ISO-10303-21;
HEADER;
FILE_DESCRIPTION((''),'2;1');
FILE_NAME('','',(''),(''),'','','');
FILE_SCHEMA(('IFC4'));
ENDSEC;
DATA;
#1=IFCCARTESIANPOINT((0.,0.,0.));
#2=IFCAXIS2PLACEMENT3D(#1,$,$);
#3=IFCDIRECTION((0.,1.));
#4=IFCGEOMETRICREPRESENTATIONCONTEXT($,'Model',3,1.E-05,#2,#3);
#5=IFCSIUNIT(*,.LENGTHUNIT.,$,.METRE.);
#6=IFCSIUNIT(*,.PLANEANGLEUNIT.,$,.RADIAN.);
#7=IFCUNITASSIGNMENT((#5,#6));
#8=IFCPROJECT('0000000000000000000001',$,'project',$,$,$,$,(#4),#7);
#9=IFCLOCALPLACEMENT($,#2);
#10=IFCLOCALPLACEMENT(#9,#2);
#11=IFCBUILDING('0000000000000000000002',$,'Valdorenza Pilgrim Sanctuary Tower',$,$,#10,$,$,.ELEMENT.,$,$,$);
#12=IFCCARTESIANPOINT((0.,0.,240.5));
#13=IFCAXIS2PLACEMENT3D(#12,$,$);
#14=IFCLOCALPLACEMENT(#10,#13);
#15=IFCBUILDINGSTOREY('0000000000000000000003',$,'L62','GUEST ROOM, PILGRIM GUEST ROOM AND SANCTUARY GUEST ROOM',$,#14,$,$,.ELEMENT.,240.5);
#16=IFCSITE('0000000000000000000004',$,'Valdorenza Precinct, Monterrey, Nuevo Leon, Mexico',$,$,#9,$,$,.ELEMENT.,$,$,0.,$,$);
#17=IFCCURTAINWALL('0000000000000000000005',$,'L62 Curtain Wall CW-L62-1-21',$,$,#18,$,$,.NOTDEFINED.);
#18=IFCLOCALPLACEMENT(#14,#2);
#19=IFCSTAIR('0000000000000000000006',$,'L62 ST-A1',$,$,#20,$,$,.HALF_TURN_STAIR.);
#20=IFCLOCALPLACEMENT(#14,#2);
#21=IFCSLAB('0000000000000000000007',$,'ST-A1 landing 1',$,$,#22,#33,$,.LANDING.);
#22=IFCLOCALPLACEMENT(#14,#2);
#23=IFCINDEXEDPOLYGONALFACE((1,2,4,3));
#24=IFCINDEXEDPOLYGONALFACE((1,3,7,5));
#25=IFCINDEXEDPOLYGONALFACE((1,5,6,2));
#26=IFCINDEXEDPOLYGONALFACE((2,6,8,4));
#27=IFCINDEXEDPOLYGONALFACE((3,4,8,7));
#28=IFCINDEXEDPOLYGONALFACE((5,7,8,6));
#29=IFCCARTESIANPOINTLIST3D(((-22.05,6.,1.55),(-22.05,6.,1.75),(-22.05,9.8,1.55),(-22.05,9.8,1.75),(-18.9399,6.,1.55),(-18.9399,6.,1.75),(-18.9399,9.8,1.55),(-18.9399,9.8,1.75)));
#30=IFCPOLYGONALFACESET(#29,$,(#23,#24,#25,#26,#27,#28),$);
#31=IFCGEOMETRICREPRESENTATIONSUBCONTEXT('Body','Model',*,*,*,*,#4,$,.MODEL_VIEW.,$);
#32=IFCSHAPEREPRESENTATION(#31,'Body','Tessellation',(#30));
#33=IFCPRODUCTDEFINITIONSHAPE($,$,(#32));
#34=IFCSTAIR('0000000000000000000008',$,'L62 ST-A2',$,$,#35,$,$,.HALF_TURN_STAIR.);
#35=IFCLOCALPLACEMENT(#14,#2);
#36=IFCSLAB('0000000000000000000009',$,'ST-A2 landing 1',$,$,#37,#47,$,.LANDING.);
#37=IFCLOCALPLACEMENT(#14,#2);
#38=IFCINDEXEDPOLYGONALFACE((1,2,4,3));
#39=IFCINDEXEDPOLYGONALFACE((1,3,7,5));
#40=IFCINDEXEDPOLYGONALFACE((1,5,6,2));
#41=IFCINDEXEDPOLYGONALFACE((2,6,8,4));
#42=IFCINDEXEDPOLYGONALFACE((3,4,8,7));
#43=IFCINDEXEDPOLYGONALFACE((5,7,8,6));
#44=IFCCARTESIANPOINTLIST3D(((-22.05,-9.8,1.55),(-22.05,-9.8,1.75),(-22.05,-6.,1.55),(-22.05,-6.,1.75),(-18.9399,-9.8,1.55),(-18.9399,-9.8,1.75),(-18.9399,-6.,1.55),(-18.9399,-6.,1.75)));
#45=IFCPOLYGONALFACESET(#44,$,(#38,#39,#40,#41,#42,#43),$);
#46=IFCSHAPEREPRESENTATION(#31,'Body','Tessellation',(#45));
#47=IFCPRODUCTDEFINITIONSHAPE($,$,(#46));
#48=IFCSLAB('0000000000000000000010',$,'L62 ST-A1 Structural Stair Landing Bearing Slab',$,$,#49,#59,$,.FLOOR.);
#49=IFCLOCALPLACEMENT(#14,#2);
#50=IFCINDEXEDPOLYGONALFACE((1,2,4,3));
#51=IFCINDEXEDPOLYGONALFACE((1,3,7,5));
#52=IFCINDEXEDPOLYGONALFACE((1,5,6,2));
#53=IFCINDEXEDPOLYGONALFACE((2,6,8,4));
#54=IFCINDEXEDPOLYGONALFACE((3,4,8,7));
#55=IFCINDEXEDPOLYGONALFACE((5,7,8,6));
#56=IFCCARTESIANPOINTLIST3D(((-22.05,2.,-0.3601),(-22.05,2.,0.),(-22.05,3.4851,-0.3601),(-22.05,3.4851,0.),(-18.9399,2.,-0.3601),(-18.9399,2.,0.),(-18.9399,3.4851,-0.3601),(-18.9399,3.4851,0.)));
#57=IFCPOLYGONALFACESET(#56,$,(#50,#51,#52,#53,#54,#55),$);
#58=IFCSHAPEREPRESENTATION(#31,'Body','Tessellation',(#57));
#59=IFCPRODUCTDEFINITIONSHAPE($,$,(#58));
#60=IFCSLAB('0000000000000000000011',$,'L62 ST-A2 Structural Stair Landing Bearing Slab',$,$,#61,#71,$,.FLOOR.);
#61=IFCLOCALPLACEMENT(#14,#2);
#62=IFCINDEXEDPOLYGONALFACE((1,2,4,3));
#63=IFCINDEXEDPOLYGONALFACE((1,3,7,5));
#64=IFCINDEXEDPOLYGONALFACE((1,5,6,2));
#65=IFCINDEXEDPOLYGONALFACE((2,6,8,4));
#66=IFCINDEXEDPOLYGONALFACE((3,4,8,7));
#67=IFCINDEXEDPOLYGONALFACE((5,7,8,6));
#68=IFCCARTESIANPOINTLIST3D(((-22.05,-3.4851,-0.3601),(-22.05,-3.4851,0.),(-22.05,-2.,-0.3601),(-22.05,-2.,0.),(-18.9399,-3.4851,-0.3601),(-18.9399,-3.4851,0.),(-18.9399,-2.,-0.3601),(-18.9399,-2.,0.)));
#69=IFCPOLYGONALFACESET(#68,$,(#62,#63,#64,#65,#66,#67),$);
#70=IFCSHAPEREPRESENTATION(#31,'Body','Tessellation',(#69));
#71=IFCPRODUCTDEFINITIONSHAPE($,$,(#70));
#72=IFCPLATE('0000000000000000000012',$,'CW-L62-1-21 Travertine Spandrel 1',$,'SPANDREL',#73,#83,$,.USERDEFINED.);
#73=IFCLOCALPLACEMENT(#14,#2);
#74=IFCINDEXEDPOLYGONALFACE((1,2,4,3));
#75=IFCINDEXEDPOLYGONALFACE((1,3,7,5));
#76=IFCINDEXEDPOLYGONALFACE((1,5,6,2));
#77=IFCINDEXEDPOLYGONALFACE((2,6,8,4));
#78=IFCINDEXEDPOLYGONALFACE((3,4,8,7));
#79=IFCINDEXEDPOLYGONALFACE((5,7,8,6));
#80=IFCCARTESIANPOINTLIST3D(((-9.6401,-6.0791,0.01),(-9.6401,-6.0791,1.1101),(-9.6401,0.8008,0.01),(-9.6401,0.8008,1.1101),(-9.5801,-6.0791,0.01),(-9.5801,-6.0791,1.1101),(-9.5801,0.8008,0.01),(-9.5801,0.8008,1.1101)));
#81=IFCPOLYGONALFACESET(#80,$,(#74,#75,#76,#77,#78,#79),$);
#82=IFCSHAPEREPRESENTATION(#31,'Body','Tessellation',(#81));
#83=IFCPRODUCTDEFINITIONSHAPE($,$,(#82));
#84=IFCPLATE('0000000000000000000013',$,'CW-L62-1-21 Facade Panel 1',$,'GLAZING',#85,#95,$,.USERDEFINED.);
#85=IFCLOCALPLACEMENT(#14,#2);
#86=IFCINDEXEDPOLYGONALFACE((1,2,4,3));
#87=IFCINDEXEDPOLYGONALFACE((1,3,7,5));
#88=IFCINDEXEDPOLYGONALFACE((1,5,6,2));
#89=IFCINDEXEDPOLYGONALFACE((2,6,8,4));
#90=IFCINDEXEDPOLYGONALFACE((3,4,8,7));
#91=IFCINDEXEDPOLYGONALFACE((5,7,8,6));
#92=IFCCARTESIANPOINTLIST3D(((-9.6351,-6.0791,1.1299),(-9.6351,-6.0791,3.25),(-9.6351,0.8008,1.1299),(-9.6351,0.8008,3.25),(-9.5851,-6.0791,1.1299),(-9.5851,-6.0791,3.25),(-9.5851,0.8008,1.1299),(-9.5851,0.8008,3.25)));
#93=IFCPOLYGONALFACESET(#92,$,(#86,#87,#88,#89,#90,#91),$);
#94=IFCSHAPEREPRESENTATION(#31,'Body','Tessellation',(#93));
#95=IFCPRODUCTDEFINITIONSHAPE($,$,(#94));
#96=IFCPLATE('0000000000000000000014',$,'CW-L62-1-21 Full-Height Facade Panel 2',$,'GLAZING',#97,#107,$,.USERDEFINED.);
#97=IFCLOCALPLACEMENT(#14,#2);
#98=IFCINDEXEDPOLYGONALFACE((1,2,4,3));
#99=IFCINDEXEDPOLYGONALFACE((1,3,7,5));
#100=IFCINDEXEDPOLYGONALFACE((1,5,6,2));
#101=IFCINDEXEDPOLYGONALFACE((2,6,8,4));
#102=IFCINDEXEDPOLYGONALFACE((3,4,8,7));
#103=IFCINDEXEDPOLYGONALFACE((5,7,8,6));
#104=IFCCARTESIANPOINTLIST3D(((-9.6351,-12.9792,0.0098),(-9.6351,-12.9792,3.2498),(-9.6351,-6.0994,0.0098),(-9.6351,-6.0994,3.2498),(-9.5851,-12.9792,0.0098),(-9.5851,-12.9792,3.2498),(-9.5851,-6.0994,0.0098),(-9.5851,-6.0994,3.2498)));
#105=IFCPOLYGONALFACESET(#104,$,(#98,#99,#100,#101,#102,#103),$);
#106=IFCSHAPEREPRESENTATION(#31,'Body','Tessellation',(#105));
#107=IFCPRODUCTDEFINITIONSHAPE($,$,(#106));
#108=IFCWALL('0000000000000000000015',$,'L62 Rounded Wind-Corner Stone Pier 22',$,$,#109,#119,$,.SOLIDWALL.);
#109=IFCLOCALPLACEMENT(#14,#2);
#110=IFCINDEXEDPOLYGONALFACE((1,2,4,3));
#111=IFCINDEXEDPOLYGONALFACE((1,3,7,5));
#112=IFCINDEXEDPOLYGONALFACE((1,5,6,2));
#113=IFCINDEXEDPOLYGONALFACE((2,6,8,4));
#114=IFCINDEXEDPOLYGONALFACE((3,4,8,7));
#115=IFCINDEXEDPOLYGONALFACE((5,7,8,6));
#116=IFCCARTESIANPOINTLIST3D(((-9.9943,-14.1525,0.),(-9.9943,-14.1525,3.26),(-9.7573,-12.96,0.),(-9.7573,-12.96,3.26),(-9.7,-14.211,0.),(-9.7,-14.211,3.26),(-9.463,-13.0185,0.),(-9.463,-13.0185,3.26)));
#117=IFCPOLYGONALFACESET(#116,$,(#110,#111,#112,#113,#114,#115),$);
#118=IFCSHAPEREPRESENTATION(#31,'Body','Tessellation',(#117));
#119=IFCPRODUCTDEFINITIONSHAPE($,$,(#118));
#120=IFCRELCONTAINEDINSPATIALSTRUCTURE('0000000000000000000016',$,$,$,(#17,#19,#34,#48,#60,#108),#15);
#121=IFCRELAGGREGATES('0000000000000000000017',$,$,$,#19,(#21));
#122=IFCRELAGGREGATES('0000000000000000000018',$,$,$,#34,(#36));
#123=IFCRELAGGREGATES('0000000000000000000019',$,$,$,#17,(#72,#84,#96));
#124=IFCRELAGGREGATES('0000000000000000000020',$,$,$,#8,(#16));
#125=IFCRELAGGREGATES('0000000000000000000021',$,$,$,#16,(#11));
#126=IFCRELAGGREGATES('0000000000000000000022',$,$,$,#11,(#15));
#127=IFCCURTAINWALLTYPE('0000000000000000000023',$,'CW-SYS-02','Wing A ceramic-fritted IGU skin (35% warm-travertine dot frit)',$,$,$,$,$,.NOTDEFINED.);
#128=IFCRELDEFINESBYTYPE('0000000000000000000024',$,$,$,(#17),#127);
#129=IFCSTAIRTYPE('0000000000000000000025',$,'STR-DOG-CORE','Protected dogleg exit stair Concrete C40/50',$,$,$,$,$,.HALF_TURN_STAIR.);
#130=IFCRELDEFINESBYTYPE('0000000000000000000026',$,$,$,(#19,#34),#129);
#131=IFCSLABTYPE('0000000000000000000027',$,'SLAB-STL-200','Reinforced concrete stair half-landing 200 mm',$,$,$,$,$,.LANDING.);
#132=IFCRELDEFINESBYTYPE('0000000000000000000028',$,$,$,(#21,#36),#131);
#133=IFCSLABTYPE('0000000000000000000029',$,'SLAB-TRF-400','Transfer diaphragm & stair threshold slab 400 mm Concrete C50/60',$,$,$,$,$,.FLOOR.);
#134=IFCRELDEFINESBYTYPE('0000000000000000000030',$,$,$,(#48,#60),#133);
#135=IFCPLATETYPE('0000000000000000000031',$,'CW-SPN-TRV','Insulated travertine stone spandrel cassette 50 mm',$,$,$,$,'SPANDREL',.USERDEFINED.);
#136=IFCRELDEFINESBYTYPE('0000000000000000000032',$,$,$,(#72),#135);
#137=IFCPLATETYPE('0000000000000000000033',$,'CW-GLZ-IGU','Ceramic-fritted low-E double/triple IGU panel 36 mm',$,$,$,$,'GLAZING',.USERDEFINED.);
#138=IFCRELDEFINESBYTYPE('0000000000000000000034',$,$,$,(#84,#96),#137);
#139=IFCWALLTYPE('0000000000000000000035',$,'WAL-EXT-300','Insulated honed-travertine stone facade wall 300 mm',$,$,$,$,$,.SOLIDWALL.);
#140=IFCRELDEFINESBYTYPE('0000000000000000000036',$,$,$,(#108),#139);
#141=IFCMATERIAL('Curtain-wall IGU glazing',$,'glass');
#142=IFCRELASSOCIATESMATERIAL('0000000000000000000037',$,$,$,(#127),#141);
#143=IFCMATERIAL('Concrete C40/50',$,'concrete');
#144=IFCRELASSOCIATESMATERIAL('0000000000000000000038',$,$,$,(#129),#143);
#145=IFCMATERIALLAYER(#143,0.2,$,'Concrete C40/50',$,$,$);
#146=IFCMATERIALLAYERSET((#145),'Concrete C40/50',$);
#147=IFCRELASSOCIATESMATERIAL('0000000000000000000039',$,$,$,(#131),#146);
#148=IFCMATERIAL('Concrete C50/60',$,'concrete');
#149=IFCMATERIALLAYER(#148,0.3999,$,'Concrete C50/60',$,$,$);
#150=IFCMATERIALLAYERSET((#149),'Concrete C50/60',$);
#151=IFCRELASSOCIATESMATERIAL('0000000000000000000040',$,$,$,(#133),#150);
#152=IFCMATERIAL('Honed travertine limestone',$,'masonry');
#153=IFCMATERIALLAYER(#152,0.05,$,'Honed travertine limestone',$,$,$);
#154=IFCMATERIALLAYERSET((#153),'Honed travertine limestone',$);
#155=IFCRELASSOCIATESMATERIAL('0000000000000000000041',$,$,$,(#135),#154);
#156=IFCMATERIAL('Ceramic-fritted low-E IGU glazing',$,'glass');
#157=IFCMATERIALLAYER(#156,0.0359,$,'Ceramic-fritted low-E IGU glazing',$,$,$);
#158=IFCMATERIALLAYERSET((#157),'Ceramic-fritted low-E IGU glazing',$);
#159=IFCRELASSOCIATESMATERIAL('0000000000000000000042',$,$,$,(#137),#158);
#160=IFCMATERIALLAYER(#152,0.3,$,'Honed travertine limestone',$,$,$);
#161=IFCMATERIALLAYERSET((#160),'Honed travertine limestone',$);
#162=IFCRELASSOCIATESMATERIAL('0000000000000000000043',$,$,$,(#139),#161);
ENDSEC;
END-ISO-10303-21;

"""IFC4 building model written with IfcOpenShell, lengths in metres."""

from ifc_helpers import new_model, si_unit, direction, frame, frame_2d, origin, origin_2d, place, context, subcontext, project, spatial, polyline, rectangle, outline, extrude, source, transform, mapped, material, layer, layer_set, type_object, element, aggregate, save


model = new_model("IFC4")

# Units and contexts
model_context = context("Model", 3, precision=1e-05, world=origin(), true_north=direction((0.0, 1.0)))
body_context = subcontext(model_context, "Body", "Model", "MODEL_VIEW")
ifc_project = project(units=[si_unit("LENGTHUNIT", "METRE"), si_unit("PLANEANGLEUNIT", "RADIAN")], contexts=[model_context])

# Site, building, storey
site_placement = place(None, origin())
site = spatial("IfcSite", under=ifc_project, at=site_placement, Name="Valdorenza Precinct, Monterrey, Nuevo Leon, Mexico", CompositionType="ELEMENT", RefElevation=0.0)
building_placement = place(site_placement, origin())
building = spatial("IfcBuilding", under=site, at=building_placement, Name="Valdorenza Pilgrim Sanctuary Tower", CompositionType="ELEMENT")
storey_placement = place(building_placement, frame((0.0, 0.0, 240.5)))
storey = spatial("IfcBuildingStorey", under=building, at=storey_placement, Name="L62", Description="GUEST ROOM, PILGRIM GUEST ROOM AND SANCTUARY GUEST ROOM", CompositionType="ELEMENT", Elevation=240.5)

# Curtain wall
ifc_material_1 = material(Name="Curtain-wall IGU glazing", Category="glass")
curtain_wall_type = type_object("IfcCurtainWallType", Name="CW-SYS-02", Description="Wing A ceramic-fritted IGU skin (35% warm-travertine dot frit)", PredefinedType="NOTDEFINED", material=ifc_material_1)
curtain_wall_placement = place(storey_placement, origin())
curtain_wall = element("IfcCurtainWall", 1, at=curtain_wall_placement, inside=storey, type_object=curtain_wall_type, Name="L62 Curtain Wall CW-L62-1-21", PredefinedType="NOTDEFINED")

# Shared definitions
ifc_material_2 = material(Name="Concrete C40/50", Category="concrete")

# Stairs, slabs
stair_type = type_object("IfcStairType", Name="STR-DOG-CORE", Description="Protected dogleg exit stair Concrete C40/50", PredefinedType="HALF_TURN_STAIR", material=ifc_material_2)
stair_1_placement = place(storey_placement, origin())
stair_1 = element("IfcStair", 2, at=stair_1_placement, inside=storey, type_object=stair_type, Name="L62 ST-A1", PredefinedType="HALF_TURN_STAIR")
ifc_layer_1 = layer(ifc_material_2, 0.2, Name="Concrete C40/50")
ifc_layer_set_1 = layer_set([ifc_layer_1], Name="Concrete C40/50")
slab_type_1 = type_object("IfcSlabType", Name="SLAB-STL-200", Description="Reinforced concrete stair half-landing 200 mm", PredefinedType="LANDING", material=ifc_layer_set_1)
slab_1_placement = place(storey_placement, frame((0.0, 0.0, 1.55)))
slab_1 = element("IfcSlab", 3, at=slab_1_placement, type_object=slab_type_1, Name="ST-A1 landing 1", PredefinedType="LANDING", context=body_context, shape_type="SweptSolid", body=[
    extrude(outline(polyline([(-18.9399, 6.0), (-18.9399, 9.8), (-22.05, 9.8), (-22.05, 6.0), (-18.9399, 6.0)])), origin(), (0.0, 0.0, 1.0), 0.2),
])
aggregate(stair_1, [slab_1])
stair_2_placement = place(storey_placement, origin())
stair_2 = element("IfcStair", 4, at=stair_2_placement, inside=storey, type_object=stair_type, Name="L62 ST-A2", PredefinedType="HALF_TURN_STAIR")
slab_2_placement = place(storey_placement, frame((0.0, 0.0, 1.55)))
slab_2 = element("IfcSlab", 5, at=slab_2_placement, type_object=slab_type_1, Name="ST-A2 landing 1", PredefinedType="LANDING", context=body_context, shape_type="SweptSolid", body=[
    extrude(outline(polyline([(-22.05, -6.0), (-22.05, -9.8), (-18.9399, -9.8), (-18.9399, -6.0), (-22.05, -6.0)])), origin(), (0.0, 0.0, 1.0), 0.2),
])
aggregate(stair_2, [slab_2])

# Slabs
ifc_material_3 = material(Name="Concrete C50/60", Category="concrete")
ifc_layer_2 = layer(ifc_material_3, 0.3999, Name="Concrete C50/60")
ifc_layer_set_2 = layer_set([ifc_layer_2], Name="Concrete C50/60")
slab_type_2 = type_object("IfcSlabType", Name="SLAB-TRF-400", Description="Transfer diaphragm & stair threshold slab 400 mm Concrete C50/60", PredefinedType="FLOOR", material=ifc_layer_set_2)
slab_3_placement = place(storey_placement, frame((0.0, 0.0, -0.3601)))
element("IfcSlab", 6, at=slab_3_placement, inside=storey, type_object=slab_type_2, Name="L62 ST-A1 Structural Stair Landing Bearing Slab", PredefinedType="FLOOR", context=body_context, shape_type="SweptSolid", body=[
    extrude(outline(polyline([(-22.05, 2.0), (-18.9399, 2.0), (-18.9399, 3.4851), (-22.05, 3.4851), (-22.05, 2.0)])), origin(), (0.0, 0.0, 1.0), 0.3601),
])
slab_4_placement = place(storey_placement, frame((0.0, 0.0, -0.3601)))
element("IfcSlab", 7, at=slab_4_placement, inside=storey, type_object=slab_type_2, Name="L62 ST-A2 Structural Stair Landing Bearing Slab", PredefinedType="FLOOR", context=body_context, shape_type="SweptSolid", body=[
    extrude(outline(polyline([(-22.05, -3.4851), (-18.9399, -3.4851), (-18.9399, -2.0), (-22.05, -2.0), (-22.05, -3.4851)])), origin(), (0.0, 0.0, 1.0), 0.3601),
])

# Plates
ifc_material_4 = material(Name="Honed travertine limestone", Category="masonry")
ifc_layer_3 = layer(ifc_material_4, 0.05, Name="Honed travertine limestone")
ifc_layer_set_3 = layer_set([ifc_layer_3], Name="Honed travertine limestone")
plate_type_1 = type_object("IfcPlateType", Name="CW-SPN-TRV", Description="Insulated travertine stone spandrel cassette 50 mm", ElementType="SPANDREL", PredefinedType="USERDEFINED", material=ifc_layer_set_3)
shared_shape_1 = source(origin(), body_context, "Body", "SweptSolid", [
    extrude(rectangle(XDim=6.8799, YDim=0.0601, at=origin_2d()), origin(), (0.0, 0.0, 1.0), 1.1001),
])
plate_1_placement = place(storey_placement, frame((-9.6101, -2.6392, 0.01), z_axis=(0.0, 0.0, 1.0), x_axis=(0.0, -1.0, 0.0)))
plate_1 = element("IfcPlate", 8, at=plate_1_placement, type_object=plate_type_1, Name="CW-L62-1-21 Travertine Spandrel 1", ObjectType="SPANDREL", PredefinedType="USERDEFINED", context=body_context, shape_type="MappedRepresentation", body=[
    mapped(shared_shape_1, transform((0.0, 0.0, 0.0), x_axis=(1.0, 0.0, 0.0), y_axis=(0.0, 1.0, 0.0), z_axis=(0.0, 0.0, 1.0), scale=1.0)),
])
ifc_material_5 = material(Name="Ceramic-fritted low-E IGU glazing", Category="glass")
ifc_layer_4 = layer(ifc_material_5, 0.0359, Name="Ceramic-fritted low-E IGU glazing")
ifc_layer_set_4 = layer_set([ifc_layer_4], Name="Ceramic-fritted low-E IGU glazing")
plate_type_2 = type_object("IfcPlateType", Name="CW-GLZ-IGU", Description="Ceramic-fritted low-E double/triple IGU panel 36 mm", ElementType="GLAZING", PredefinedType="USERDEFINED", material=ifc_layer_set_4)
shared_shape_2 = source(origin(), body_context, "Body", "SweptSolid", [
    extrude(rectangle(XDim=6.8799, YDim=0.05, at=origin_2d()), origin(), (0.0, 0.0, 1.0), 2.1201),
])
plate_2_placement = place(storey_placement, frame((-9.6101, -2.6392, 1.1299), z_axis=(0.0, 0.0, 1.0), x_axis=(0.0, -1.0, 0.0)))
plate_2 = element("IfcPlate", 9, at=plate_2_placement, type_object=plate_type_2, Name="CW-L62-1-21 Facade Panel 1", ObjectType="GLAZING", PredefinedType="USERDEFINED", context=body_context, shape_type="MappedRepresentation", body=[
    mapped(shared_shape_2, transform((0.0, 0.0, 0.0), x_axis=(1.0, 0.0, 0.0), y_axis=(0.0, 1.0, 0.0), z_axis=(0.0, 0.0, 1.0), scale=1.0)),
])
shared_shape_3 = source(origin(), body_context, "Body", "SweptSolid", [
    extrude(rectangle(XDim=6.8799, YDim=0.05, at=origin_2d()), origin(), (0.0, 0.0, 1.0), 3.24),
])
plate_3_placement = place(storey_placement, frame((-9.6101, -9.5393, 0.0098), z_axis=(0.0, 0.0, 1.0), x_axis=(0.0, -1.0, 0.0)))
plate_3 = element("IfcPlate", 10, at=plate_3_placement, type_object=plate_type_2, Name="CW-L62-1-21 Full-Height Facade Panel 2", ObjectType="GLAZING", PredefinedType="USERDEFINED", context=body_context, shape_type="MappedRepresentation", body=[
    mapped(shared_shape_3, transform((0.0, 0.0, 0.0), x_axis=(1.0, 0.0, 0.0), y_axis=(0.0, 1.0, 0.0), z_axis=(0.0, 0.0, 1.0), scale=1.0)),
])
aggregate(curtain_wall, [plate_1, plate_2, plate_3])

# Wall
ifc_layer_5 = layer(ifc_material_4, 0.3, Name="Honed travertine limestone")
ifc_layer_set_5 = layer_set([ifc_layer_5], Name="Honed travertine limestone")
wall_type = type_object("IfcWallType", Name="WAL-EXT-300", Description="Insulated honed-travertine stone facade wall 300 mm", PredefinedType="SOLIDWALL", material=ifc_layer_set_5)
wall_placement = place(storey_placement, frame((-9.6101, -12.9893, 0.0), z_axis=(0.0, 0.0, 1.0), x_axis=(-0.194996, -0.980804, 0.0)))
element("IfcWall", 11, at=wall_placement, inside=storey, type_object=wall_type, Name="L62 Rounded Wind-Corner Stone Pier 22", PredefinedType="SOLIDWALL", context=body_context, shape_type="SweptSolid", body=[
    extrude(rectangle(XDim=1.2158, YDim=0.3, at=frame_2d((0.6079, 0.0))), origin(), (0.0, 0.0, 1.0), 3.26),
])

save(model, "model.ifc")
